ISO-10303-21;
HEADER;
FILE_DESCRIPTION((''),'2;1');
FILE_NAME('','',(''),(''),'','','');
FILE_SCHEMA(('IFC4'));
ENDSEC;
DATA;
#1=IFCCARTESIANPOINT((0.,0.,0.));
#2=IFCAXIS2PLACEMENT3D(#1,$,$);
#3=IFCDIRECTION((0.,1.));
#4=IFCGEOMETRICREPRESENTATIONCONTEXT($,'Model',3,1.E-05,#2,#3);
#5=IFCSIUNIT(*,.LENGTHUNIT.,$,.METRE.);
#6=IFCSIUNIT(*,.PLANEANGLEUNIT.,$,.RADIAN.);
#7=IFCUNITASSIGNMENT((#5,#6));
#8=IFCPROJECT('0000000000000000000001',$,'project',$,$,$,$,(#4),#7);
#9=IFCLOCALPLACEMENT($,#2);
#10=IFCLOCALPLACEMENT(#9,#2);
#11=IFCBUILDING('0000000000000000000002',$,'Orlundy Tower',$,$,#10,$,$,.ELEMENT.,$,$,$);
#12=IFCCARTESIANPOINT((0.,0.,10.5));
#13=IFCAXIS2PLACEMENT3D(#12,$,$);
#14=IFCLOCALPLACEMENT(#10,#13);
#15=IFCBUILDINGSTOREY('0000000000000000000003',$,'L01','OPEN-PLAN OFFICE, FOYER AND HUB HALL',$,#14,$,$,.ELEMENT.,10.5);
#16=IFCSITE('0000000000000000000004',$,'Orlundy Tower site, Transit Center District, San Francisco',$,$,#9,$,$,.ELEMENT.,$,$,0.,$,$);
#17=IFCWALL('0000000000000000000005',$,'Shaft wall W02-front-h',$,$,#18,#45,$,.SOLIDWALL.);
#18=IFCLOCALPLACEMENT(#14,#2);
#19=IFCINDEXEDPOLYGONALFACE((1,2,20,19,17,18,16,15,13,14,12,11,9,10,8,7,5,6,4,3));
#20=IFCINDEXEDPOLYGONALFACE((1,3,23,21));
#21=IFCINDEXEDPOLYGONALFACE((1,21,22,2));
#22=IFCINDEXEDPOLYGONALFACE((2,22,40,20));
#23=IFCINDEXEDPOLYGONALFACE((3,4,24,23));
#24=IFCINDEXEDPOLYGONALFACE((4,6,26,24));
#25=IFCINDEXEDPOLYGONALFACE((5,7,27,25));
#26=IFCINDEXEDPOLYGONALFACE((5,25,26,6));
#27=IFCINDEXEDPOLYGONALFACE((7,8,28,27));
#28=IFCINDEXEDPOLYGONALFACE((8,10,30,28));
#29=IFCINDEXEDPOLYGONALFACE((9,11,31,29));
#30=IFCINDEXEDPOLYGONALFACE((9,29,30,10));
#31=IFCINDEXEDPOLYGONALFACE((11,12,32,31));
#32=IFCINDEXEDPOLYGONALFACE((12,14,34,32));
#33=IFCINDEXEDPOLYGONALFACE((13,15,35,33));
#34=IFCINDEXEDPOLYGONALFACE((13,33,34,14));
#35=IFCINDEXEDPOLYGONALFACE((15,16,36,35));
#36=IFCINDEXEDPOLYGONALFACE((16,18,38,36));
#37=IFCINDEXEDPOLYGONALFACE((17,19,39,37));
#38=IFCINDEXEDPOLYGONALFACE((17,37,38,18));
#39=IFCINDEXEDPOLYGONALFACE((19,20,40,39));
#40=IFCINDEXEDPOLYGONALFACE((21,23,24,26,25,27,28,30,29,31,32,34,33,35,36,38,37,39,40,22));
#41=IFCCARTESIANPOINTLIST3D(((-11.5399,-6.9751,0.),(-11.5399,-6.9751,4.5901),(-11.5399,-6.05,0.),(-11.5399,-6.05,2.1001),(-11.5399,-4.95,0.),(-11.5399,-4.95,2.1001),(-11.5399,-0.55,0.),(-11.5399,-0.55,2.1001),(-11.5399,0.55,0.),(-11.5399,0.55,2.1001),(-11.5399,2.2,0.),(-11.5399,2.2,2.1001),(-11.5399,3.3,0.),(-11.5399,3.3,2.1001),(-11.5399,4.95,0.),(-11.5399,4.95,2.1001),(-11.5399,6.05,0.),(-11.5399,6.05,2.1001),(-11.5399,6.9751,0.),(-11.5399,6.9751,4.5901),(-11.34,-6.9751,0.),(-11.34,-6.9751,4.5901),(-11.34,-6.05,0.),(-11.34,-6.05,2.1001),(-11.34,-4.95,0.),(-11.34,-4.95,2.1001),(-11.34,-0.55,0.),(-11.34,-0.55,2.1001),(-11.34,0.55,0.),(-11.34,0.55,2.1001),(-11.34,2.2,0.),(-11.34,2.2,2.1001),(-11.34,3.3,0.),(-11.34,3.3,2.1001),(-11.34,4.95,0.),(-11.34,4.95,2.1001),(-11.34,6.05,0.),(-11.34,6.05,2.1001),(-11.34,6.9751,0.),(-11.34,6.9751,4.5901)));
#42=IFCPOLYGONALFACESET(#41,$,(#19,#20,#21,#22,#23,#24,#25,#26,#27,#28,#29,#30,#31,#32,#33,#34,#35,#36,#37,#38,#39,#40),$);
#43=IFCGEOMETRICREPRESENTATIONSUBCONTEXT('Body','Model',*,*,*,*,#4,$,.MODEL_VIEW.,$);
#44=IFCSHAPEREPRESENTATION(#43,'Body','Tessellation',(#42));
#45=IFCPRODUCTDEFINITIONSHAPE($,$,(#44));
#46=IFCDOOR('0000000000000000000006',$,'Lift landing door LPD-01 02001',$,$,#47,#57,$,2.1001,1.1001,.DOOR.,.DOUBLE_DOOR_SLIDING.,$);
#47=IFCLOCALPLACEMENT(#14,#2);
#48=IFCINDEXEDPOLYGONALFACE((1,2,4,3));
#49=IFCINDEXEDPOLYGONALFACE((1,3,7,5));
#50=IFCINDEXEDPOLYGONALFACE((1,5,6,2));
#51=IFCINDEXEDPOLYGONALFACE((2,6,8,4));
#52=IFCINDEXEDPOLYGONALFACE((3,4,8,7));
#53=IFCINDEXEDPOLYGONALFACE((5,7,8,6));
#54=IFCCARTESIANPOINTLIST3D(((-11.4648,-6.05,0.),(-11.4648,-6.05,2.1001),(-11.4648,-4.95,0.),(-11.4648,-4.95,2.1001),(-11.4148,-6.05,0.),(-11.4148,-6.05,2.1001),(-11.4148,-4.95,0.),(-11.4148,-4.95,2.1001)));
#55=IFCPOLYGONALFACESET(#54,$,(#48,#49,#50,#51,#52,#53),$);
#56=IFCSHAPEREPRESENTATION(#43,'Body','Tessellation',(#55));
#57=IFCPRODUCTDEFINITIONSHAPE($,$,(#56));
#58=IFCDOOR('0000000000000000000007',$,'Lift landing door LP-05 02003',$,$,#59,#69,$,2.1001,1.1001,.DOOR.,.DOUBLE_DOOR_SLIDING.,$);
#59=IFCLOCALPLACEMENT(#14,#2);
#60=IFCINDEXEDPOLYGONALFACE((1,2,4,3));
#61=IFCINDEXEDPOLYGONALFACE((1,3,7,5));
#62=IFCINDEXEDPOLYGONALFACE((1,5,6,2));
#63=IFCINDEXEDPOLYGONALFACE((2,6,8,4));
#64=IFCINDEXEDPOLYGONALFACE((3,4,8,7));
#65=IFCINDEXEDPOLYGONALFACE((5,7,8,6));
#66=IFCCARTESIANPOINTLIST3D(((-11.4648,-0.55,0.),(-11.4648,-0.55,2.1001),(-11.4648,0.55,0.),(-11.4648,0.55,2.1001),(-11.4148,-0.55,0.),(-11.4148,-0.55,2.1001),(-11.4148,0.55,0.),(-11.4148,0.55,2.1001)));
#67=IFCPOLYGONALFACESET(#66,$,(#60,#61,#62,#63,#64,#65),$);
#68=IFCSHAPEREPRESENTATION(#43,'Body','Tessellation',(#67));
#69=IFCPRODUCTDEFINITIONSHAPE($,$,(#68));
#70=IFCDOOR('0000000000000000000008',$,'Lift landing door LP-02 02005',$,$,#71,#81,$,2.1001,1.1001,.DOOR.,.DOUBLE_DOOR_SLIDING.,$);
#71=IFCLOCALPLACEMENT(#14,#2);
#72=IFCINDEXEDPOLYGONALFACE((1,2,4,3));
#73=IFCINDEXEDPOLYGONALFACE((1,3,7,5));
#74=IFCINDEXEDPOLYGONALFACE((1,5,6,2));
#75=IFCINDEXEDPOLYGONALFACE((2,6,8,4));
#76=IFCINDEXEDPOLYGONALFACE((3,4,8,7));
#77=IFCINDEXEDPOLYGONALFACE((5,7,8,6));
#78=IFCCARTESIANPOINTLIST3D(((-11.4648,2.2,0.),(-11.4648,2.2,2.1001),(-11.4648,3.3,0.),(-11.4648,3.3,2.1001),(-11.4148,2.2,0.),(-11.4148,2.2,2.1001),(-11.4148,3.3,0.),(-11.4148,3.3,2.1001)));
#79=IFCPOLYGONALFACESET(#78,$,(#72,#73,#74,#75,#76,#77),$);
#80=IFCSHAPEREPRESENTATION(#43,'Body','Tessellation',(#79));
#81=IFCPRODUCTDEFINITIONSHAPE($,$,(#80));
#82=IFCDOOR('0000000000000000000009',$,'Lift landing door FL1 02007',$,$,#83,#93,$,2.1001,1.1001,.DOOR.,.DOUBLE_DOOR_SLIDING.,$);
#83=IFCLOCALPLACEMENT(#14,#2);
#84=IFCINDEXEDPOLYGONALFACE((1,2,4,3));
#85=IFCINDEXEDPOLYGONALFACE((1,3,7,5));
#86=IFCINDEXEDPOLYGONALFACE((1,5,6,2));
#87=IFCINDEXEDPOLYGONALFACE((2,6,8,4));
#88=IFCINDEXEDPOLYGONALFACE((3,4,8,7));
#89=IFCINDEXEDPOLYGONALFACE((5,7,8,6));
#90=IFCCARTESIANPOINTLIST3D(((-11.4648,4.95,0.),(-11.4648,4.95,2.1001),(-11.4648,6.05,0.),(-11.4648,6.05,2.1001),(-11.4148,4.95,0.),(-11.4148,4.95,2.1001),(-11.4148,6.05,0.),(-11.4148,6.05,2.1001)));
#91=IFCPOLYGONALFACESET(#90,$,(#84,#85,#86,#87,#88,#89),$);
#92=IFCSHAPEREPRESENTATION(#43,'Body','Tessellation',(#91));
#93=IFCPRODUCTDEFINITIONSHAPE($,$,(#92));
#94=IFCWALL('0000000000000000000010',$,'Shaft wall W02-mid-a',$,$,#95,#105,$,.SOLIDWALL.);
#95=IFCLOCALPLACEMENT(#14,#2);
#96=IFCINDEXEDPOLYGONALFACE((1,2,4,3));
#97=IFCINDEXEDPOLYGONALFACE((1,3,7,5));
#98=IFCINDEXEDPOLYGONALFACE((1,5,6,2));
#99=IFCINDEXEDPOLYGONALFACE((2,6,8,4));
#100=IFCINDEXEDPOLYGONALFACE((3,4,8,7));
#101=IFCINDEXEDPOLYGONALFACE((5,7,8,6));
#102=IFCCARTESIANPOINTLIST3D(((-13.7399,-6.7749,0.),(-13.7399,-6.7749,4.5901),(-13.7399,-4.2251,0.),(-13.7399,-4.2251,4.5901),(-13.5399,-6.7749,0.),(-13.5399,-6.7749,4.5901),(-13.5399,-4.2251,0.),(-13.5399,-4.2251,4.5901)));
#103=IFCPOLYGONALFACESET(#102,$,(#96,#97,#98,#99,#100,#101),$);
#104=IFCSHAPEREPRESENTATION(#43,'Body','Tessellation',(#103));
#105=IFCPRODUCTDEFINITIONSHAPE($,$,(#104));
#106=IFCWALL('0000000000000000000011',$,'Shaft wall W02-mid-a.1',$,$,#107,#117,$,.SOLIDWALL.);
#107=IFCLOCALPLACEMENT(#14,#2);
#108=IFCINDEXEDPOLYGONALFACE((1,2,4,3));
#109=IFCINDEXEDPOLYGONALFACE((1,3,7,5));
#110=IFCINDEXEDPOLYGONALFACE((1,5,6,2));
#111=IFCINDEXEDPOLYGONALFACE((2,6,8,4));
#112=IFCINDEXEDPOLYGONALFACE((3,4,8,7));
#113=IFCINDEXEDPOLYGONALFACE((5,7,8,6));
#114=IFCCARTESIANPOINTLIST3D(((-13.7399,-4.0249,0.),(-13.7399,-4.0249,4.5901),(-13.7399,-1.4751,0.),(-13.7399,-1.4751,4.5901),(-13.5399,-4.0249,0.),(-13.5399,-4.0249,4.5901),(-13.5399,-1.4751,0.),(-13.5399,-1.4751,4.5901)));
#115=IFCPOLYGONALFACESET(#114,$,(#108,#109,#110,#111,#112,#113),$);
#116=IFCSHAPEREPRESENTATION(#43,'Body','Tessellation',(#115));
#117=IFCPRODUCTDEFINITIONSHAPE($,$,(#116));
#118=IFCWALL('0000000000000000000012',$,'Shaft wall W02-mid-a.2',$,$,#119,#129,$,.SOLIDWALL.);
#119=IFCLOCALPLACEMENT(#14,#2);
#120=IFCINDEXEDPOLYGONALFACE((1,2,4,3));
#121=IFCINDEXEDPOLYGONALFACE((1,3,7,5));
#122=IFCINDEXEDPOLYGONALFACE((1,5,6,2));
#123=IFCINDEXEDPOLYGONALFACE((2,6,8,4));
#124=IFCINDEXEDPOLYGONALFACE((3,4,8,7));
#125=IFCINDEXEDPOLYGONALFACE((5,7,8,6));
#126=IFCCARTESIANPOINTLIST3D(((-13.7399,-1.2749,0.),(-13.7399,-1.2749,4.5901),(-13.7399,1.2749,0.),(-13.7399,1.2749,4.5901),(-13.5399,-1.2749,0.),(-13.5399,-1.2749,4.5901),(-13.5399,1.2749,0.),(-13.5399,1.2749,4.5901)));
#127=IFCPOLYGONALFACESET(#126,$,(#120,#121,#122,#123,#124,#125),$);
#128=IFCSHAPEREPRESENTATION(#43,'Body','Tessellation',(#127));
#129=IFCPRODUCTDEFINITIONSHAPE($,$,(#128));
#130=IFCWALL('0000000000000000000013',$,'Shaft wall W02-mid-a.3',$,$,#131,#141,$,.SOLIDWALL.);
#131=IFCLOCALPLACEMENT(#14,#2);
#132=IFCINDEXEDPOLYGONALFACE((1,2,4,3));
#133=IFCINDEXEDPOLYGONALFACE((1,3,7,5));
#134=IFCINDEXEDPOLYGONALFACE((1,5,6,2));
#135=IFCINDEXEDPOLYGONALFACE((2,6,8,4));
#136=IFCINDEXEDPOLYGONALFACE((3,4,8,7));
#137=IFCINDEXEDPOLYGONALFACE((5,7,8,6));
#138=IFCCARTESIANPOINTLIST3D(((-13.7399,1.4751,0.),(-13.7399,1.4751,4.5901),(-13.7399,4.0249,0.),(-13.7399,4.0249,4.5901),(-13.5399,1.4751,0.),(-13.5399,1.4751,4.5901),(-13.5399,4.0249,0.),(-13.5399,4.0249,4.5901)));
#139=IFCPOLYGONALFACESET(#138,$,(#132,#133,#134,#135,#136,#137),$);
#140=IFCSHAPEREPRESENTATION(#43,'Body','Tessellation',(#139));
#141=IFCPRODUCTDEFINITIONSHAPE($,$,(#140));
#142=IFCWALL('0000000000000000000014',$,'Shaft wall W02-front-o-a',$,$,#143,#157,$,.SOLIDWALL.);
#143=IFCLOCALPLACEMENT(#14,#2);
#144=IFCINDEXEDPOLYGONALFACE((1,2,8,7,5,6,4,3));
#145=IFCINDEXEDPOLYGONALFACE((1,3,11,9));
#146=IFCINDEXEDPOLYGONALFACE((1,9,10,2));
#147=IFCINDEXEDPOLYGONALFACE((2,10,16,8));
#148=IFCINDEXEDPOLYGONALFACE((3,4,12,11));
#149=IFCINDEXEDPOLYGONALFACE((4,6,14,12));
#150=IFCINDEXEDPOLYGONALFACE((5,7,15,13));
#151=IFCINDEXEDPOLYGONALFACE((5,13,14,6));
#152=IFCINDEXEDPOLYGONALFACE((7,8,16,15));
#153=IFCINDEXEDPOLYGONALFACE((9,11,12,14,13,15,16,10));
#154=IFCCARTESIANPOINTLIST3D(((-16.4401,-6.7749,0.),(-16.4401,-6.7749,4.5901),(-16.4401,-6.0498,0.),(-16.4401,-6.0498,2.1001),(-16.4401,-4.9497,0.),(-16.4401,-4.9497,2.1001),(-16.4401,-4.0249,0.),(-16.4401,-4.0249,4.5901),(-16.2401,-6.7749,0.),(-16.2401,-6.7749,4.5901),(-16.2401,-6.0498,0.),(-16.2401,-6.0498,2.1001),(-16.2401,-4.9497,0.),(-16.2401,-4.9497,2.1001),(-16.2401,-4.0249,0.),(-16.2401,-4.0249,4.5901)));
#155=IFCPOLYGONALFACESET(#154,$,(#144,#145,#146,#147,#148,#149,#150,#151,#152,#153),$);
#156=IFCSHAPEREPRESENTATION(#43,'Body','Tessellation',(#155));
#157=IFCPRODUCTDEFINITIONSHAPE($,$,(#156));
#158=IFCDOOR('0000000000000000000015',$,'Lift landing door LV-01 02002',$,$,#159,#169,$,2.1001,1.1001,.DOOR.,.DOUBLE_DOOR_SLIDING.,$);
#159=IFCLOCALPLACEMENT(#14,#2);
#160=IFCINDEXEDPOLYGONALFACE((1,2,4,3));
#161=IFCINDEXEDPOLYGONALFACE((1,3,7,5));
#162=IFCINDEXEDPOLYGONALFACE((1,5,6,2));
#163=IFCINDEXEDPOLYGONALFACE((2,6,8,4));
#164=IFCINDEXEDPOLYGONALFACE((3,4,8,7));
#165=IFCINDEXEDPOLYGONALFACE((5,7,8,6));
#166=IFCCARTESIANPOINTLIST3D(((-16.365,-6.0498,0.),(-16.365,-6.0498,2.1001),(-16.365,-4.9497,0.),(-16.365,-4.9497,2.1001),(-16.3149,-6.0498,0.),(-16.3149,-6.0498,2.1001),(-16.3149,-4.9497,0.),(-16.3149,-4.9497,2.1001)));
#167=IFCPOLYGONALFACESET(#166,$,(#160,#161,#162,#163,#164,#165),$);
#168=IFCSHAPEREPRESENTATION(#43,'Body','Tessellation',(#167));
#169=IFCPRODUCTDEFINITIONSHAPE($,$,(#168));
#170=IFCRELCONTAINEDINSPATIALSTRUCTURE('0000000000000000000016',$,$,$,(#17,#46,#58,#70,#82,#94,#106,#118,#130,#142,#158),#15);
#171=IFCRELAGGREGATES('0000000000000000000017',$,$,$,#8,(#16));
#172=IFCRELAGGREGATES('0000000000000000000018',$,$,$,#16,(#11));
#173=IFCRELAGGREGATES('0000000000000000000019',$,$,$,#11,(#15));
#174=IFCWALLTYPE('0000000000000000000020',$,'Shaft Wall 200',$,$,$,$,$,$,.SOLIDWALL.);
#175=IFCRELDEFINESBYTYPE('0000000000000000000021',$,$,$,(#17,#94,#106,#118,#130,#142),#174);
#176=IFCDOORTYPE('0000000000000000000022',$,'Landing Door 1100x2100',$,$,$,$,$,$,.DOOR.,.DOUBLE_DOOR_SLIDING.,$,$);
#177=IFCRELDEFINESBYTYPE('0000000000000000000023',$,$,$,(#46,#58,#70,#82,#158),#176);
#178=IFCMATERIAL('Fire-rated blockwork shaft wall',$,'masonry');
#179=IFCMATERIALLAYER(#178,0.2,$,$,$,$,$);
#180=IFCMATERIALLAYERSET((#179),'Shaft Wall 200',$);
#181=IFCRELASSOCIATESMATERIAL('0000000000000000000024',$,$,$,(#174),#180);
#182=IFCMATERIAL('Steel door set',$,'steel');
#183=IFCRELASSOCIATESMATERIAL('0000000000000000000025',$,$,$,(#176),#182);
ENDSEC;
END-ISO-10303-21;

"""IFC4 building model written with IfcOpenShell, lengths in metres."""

from ifc_helpers import new_model, si_unit, direction, frame, frame_2d, origin, place, context, subcontext, project, spatial, rectangle, extrude, material, layer, layer_set, type_object, element, fill, save


model = new_model("IFC4")

# Units and contexts
model_context = context("Model", 3, precision=1e-05, world=origin(), true_north=direction((0.0, 1.0)))
body_context = subcontext(model_context, "Body", "Model", "MODEL_VIEW")
ifc_project = project(units=[si_unit("LENGTHUNIT", "METRE"), si_unit("PLANEANGLEUNIT", "RADIAN")], contexts=[model_context])

# Site, building, storey
site_placement = place(None, origin())
site = spatial("IfcSite", under=ifc_project, at=site_placement, Name="Orlundy Tower site, Transit Center District, San Francisco", CompositionType="ELEMENT", RefElevation=0.0)
building_placement = place(site_placement, origin())
building = spatial("IfcBuilding", under=site, at=building_placement, Name="Orlundy Tower", CompositionType="ELEMENT")
storey_placement = place(building_placement, frame((0.0, 0.0, 10.5)))
storey = spatial("IfcBuildingStorey", under=building, at=storey_placement, Name="L01", Description="OPEN-PLAN OFFICE, FOYER AND HUB HALL", CompositionType="ELEMENT", Elevation=10.5)

# Shared definitions
ifc_material_1 = material(Name="Fire-rated blockwork shaft wall", Category="masonry")
ifc_layer_1 = layer(ifc_material_1, 0.2)
ifc_layer_set_1 = layer_set([ifc_layer_1], Name="Shaft Wall 200")
wall_type_1 = type_object("IfcWallType", Name="Shaft Wall 200", PredefinedType="SOLIDWALL", material=ifc_layer_set_1)

# Wall, openings, doors
wall_1_placement = place(storey_placement, frame((-11.4399, -6.9751, 0.0), z_axis=(0.0, 0.0, 1.0), x_axis=(0.0, 1.0, 0.0)))
wall_1 = element("IfcWall", 1, at=wall_1_placement, inside=storey, type_object=wall_type_1, Name="Shaft wall W02-front-h", PredefinedType="SOLIDWALL", context=body_context, shape_type="SweptSolid", body=[
    extrude(rectangle(XDim=13.9502, YDim=0.2, at=frame_2d((6.9751, 0.0))), origin(), (0.0, 0.0, 1.0), 4.5901),
])
opening_1_placement = place(wall_1_placement, frame((0.925, 0.0, 0.0)))
opening_1 = element("IfcOpeningElement", 2, at=opening_1_placement, cuts=wall_1, PredefinedType="OPENING", context=body_context, shape_type="SweptSolid", body=[
    extrude(rectangle(XDim=1.1001, YDim=2.1001, at=frame_2d((0.55, 1.05))), frame((0.0, 0.1101, 0.0), z_axis=(0.0, -1.0, 0.0), x_axis=(1.0, 0.0, 0.0)), (0.0, 0.0, 1.0), 0.2202),
])
opening_2_placement = place(wall_1_placement, frame((6.425, 0.0, 0.0)))
opening_2 = element("IfcOpeningElement", 3, at=opening_2_placement, cuts=wall_1, PredefinedType="OPENING", context=body_context, shape_type="SweptSolid", body=[
    extrude(rectangle(XDim=1.1001, YDim=2.1001, at=frame_2d((0.55, 1.05))), frame((0.0, 0.1101, 0.0), z_axis=(0.0, -1.0, 0.0), x_axis=(1.0, 0.0, 0.0)), (0.0, 0.0, 1.0), 0.2202),
])
opening_3_placement = place(wall_1_placement, frame((9.175, 0.0, 0.0)))
opening_3 = element("IfcOpeningElement", 4, at=opening_3_placement, cuts=wall_1, PredefinedType="OPENING", context=body_context, shape_type="SweptSolid", body=[
    extrude(rectangle(XDim=1.1001, YDim=2.1001, at=frame_2d((0.55, 1.05))), frame((0.0, 0.1101, 0.0), z_axis=(0.0, -1.0, 0.0), x_axis=(1.0, 0.0, 0.0)), (0.0, 0.0, 1.0), 0.2202),
])
opening_4_placement = place(wall_1_placement, frame((11.925, 0.0, 0.0)))
opening_4 = element("IfcOpeningElement", 5, at=opening_4_placement, cuts=wall_1, PredefinedType="OPENING", context=body_context, shape_type="SweptSolid", body=[
    extrude(rectangle(XDim=1.1001, YDim=2.1001, at=frame_2d((0.55, 1.05))), frame((0.0, 0.1101, 0.0), z_axis=(0.0, -1.0, 0.0), x_axis=(1.0, 0.0, 0.0)), (0.0, 0.0, 1.0), 0.2202),
])
ifc_material_2 = material(Name="Steel door set", Category="steel")
door_type_1 = type_object("IfcDoorType", Name="Landing Door 1100x2100", OperationType="DOUBLE_DOOR_SLIDING", PredefinedType="DOOR", material=ifc_material_2)
door_1_placement = place(opening_1_placement, origin())
door_1 = element("IfcDoor", 6, at=door_1_placement, inside=storey, type_object=door_type_1, Name="Lift landing door LPD-01 02001", OperationType="DOUBLE_DOOR_SLIDING", OverallHeight=2.1001, OverallWidth=1.1001, PredefinedType="DOOR", context=body_context, shape_type="SweptSolid", body=[
    extrude(rectangle(XDim=1.1001, YDim=2.1001, at=frame_2d((0.55, 1.05))), frame((0.0, 0.0249, 0.0), z_axis=(0.0, -1.0, 0.0), x_axis=(1.0, 0.0, 0.0)), (0.0, 0.0, 1.0), 0.05),
])
fill(opening_1, door_1)
door_2_placement = place(opening_2_placement, origin())
door_2 = element("IfcDoor", 7, at=door_2_placement, inside=storey, type_object=door_type_1, Name="Lift landing door LP-05 02003", OperationType="DOUBLE_DOOR_SLIDING", OverallHeight=2.1001, OverallWidth=1.1001, PredefinedType="DOOR", context=body_context, shape_type="SweptSolid", body=[
    extrude(rectangle(XDim=1.1001, YDim=2.1001, at=frame_2d((0.55, 1.05))), frame((0.0, 0.0249, 0.0), z_axis=(0.0, -1.0, 0.0), x_axis=(1.0, 0.0, 0.0)), (0.0, 0.0, 1.0), 0.05),
])
fill(opening_2, door_2)
door_3_placement = place(opening_3_placement, origin())
door_3 = element("IfcDoor", 8, at=door_3_placement, inside=storey, type_object=door_type_1, Name="Lift landing door LP-02 02005", OperationType="DOUBLE_DOOR_SLIDING", OverallHeight=2.1001, OverallWidth=1.1001, PredefinedType="DOOR", context=body_context, shape_type="SweptSolid", body=[
    extrude(rectangle(XDim=1.1001, YDim=2.1001, at=frame_2d((0.55, 1.05))), frame((0.0, 0.0249, 0.0), z_axis=(0.0, -1.0, 0.0), x_axis=(1.0, 0.0, 0.0)), (0.0, 0.0, 1.0), 0.05),
])
fill(opening_3, door_3)
door_4_placement = place(opening_4_placement, origin())
door_4 = element("IfcDoor", 9, at=door_4_placement, inside=storey, type_object=door_type_1, Name="Lift landing door FL1 02007", OperationType="DOUBLE_DOOR_SLIDING", OverallHeight=2.1001, OverallWidth=1.1001, PredefinedType="DOOR", context=body_context, shape_type="SweptSolid", body=[
    extrude(rectangle(XDim=1.1001, YDim=2.1001, at=frame_2d((0.55, 1.05))), frame((0.0, 0.0249, 0.0), z_axis=(0.0, -1.0, 0.0), x_axis=(1.0, 0.0, 0.0)), (0.0, 0.0, 1.0), 0.05),
])
fill(opening_4, door_4)

# Walls
for number, where, z_axis, x_axis, name in (
    (10, (-13.6399, -6.7749, 0.0), (0.0, 0.0, 1.0), (0.0, 1.0, 0.0), "Shaft wall W02-mid-a"),
    (11, (-13.6399, -4.0249, 0.0), (0.0, 0.0, 1.0), (0.0, 1.0, 0.0), "Shaft wall W02-mid-a.1"),
    (12, (-13.6399, -1.2749, 0.0), (0.0, 0.0, 1.0), (0.0, 1.0, 0.0), "Shaft wall W02-mid-a.2"),
    (13, (-13.6399, 1.4751, 0.0), (0.0, 0.0, 1.0), (0.0, 1.0, 0.0), "Shaft wall W02-mid-a.3"),
):
    element("IfcWall", number, at=place(storey_placement, frame(where, z_axis=z_axis, x_axis=x_axis)), inside=storey, type_object=wall_type_1, Name=name, PredefinedType="SOLIDWALL", context=body_context, shape_type="SweptSolid", body=[
        extrude(rectangle(XDim=2.5498, YDim=0.2, at=frame_2d((1.2749, 0.0))), origin(), (0.0, 0.0, 1.0), 4.5901),
    ])

# Wall, opening, door
wall_2_placement = place(storey_placement, frame((-16.3401, -6.7749, 0.0), z_axis=(0.0, 0.0, 1.0), x_axis=(0.0, 1.0, 0.0)))
wall_2 = element("IfcWall", 14, at=wall_2_placement, inside=storey, type_object=wall_type_1, Name="Shaft wall W02-front-o-a", PredefinedType="SOLIDWALL", context=body_context, shape_type="SweptSolid", body=[
    extrude(rectangle(XDim=2.75, YDim=0.2, at=frame_2d((1.375, 0.0))), origin(), (0.0, 0.0, 1.0), 4.5901),
])
opening_5_placement = place(wall_2_placement, frame((0.7251, 0.0, 0.0)))
opening_5 = element("IfcOpeningElement", 15, at=opening_5_placement, cuts=wall_2, PredefinedType="OPENING", context=body_context, shape_type="SweptSolid", body=[
    extrude(rectangle(XDim=1.1001, YDim=2.1001, at=frame_2d((0.55, 1.05))), frame((0.0, 0.1101, 0.0), z_axis=(0.0, -1.0, 0.0), x_axis=(1.0, 0.0, 0.0)), (0.0, 0.0, 1.0), 0.2202),
])
door_5_placement = place(opening_5_placement, origin())
door_5 = element("IfcDoor", 16, at=door_5_placement, inside=storey, type_object=door_type_1, Name="Lift landing door LV-01 02002", OperationType="DOUBLE_DOOR_SLIDING", OverallHeight=2.1001, OverallWidth=1.1001, PredefinedType="DOOR", context=body_context, shape_type="SweptSolid", body=[
    extrude(rectangle(XDim=1.1001, YDim=2.1001, at=frame_2d((0.55, 1.05))), frame((0.0, 0.0249, 0.0), z_axis=(0.0, -1.0, 0.0), x_axis=(1.0, 0.0, 0.0)), (0.0, 0.0, 1.0), 0.05),
])
fill(opening_5, door_5)

save(model, "model.ifc")
